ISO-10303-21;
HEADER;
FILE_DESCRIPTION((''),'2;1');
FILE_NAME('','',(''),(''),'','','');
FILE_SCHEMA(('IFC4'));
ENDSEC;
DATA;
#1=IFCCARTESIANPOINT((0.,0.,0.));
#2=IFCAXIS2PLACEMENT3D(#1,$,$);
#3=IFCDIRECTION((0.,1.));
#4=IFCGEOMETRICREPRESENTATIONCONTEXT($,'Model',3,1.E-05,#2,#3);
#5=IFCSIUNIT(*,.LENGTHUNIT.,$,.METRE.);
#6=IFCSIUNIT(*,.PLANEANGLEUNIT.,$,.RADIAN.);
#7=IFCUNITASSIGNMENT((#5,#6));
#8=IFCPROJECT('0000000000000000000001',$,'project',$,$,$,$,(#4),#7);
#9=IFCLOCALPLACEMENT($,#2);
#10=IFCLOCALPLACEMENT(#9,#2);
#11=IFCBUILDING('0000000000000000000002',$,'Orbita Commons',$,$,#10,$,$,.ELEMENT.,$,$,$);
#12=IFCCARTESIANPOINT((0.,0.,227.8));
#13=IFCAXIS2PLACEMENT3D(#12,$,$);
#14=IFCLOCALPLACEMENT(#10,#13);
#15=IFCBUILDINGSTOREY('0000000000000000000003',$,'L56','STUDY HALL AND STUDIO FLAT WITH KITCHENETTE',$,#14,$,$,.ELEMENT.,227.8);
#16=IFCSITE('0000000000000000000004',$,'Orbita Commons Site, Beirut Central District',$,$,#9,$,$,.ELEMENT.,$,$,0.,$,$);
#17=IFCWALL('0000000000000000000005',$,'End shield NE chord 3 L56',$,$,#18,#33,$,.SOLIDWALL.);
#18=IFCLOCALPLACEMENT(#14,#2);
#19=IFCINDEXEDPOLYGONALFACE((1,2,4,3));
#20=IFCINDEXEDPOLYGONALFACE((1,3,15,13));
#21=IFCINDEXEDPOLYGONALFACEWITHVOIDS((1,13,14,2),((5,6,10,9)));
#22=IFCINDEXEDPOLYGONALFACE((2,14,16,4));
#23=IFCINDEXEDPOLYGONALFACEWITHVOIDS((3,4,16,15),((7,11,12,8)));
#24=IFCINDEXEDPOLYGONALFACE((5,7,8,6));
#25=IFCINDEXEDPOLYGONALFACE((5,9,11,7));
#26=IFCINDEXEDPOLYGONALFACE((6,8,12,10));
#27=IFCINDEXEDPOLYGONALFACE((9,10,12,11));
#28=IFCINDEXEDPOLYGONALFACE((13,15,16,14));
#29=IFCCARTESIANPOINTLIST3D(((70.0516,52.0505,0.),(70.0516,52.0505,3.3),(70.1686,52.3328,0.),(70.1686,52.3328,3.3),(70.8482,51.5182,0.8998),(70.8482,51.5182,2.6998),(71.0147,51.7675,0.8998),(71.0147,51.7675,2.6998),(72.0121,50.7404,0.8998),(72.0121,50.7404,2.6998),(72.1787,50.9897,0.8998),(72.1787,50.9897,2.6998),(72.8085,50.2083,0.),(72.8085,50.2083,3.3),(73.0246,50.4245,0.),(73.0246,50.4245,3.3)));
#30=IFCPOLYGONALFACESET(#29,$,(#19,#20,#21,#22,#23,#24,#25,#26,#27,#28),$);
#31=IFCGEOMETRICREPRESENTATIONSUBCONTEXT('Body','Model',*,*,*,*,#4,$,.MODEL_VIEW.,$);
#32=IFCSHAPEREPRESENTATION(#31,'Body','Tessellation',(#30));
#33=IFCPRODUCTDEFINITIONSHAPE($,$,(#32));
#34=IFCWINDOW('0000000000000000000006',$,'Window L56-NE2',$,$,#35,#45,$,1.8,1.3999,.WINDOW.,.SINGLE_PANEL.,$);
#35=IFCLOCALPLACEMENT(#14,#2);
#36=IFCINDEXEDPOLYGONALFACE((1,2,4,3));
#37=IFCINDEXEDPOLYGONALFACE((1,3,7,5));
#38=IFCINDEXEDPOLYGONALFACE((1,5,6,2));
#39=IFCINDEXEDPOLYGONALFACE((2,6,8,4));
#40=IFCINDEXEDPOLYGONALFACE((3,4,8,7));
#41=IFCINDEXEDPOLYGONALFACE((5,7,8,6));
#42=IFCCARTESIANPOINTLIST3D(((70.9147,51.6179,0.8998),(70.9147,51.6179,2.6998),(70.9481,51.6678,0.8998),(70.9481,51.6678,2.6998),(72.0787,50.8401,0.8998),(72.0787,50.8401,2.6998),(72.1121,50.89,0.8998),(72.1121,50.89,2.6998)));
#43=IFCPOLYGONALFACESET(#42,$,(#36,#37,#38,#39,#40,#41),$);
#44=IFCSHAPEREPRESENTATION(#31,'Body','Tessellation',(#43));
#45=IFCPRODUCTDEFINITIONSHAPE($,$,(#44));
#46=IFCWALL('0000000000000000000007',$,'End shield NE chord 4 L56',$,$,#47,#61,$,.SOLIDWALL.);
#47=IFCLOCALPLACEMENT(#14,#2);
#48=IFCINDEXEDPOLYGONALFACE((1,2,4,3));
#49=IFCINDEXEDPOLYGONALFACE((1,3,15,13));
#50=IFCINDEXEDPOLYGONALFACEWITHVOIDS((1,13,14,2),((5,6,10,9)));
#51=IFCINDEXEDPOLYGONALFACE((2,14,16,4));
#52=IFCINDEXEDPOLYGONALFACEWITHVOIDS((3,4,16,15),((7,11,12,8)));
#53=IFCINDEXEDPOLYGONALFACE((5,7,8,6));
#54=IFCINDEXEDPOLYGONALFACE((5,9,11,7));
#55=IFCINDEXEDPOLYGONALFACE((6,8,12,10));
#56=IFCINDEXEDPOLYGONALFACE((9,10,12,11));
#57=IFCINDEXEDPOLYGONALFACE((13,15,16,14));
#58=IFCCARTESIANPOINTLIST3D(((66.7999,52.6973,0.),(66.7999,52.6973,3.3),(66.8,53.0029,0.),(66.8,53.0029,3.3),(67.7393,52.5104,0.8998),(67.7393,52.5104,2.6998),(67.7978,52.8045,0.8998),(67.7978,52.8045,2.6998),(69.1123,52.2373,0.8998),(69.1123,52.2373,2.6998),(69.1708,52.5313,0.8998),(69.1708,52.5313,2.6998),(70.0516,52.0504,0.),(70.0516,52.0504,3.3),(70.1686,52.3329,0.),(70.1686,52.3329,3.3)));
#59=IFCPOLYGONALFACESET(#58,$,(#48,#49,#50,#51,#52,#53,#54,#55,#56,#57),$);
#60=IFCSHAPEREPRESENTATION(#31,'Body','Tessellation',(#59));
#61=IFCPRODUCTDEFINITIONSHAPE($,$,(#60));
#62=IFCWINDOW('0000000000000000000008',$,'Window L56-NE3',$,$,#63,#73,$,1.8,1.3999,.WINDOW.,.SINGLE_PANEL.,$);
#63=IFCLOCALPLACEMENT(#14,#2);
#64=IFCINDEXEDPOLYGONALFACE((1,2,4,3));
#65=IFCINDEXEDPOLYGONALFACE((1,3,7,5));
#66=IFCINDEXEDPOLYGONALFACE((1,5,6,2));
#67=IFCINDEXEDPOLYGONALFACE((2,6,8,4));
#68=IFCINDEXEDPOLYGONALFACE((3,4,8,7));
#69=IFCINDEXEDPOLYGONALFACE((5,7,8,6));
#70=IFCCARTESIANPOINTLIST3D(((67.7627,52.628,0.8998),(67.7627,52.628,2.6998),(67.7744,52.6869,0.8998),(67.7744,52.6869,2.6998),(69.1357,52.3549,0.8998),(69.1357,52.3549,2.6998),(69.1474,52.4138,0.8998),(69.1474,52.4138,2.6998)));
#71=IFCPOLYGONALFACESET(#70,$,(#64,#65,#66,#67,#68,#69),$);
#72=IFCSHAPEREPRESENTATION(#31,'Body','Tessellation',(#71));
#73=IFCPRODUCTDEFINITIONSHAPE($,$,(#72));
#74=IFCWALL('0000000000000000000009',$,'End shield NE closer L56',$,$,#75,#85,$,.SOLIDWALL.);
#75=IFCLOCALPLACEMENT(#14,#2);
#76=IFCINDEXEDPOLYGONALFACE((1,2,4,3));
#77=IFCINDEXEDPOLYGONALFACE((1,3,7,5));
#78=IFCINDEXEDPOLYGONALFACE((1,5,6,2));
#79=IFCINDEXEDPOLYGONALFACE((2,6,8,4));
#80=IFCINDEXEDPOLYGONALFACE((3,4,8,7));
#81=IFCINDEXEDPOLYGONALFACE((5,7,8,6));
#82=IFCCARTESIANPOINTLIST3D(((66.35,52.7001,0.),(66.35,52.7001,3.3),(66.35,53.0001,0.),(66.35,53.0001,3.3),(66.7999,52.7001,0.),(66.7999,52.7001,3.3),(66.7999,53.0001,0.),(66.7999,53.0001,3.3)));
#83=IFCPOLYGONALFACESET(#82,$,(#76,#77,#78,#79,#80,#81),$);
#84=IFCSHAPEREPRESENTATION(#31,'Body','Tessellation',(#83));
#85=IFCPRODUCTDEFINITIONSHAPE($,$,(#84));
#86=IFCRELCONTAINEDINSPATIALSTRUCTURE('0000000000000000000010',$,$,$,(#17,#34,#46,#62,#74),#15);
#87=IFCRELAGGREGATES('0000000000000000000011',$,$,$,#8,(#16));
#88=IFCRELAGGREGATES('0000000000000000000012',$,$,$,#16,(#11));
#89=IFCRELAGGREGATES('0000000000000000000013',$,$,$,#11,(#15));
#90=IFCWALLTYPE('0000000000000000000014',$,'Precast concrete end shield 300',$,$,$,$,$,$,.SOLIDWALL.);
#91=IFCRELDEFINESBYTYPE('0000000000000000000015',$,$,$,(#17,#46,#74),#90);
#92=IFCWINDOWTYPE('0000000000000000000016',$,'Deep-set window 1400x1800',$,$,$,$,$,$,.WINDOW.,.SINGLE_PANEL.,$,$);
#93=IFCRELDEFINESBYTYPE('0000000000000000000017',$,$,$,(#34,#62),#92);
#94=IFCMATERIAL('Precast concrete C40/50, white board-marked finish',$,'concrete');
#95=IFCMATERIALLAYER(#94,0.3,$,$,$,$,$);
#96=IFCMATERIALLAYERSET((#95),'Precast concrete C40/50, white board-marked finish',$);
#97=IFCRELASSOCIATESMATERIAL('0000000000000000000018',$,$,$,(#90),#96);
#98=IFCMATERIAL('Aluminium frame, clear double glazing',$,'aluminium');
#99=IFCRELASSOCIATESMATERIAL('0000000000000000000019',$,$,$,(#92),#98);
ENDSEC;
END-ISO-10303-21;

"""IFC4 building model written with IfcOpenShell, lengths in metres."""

from ifc_helpers import new_model, si_unit, direction, frame, frame_2d, origin, place, context, subcontext, project, spatial, polyline, rectangle, outline, extrude, material, layer, layer_set, type_object, element, fill, save


model = new_model("IFC4")

# Units and contexts
model_context = context("Model", 3, precision=1e-05, world=origin(), true_north=direction((0.0, 1.0)))
body_context = subcontext(model_context, "Body", "Model", "MODEL_VIEW")
ifc_project = project(units=[si_unit("LENGTHUNIT", "METRE"), si_unit("PLANEANGLEUNIT", "RADIAN")], contexts=[model_context])

# Site, building, storey
site_placement = place(None, origin())
site = spatial("IfcSite", under=ifc_project, at=site_placement, Name="Orbita Commons Site, Beirut Central District", CompositionType="ELEMENT", RefElevation=0.0)
building_placement = place(site_placement, origin())
building = spatial("IfcBuilding", under=site, at=building_placement, Name="Orbita Commons", CompositionType="ELEMENT")
storey_placement = place(building_placement, frame((0.0, 0.0, 227.8)))
storey = spatial("IfcBuildingStorey", under=building, at=storey_placement, Name="L56", Description="STUDY HALL AND STUDIO FLAT WITH KITCHENETTE", CompositionType="ELEMENT", Elevation=227.8)

# Walls, openings, windows
ifc_material_1 = material(Name="Precast concrete C40/50, white board-marked finish", Category="concrete")
ifc_layer_1 = layer(ifc_material_1, 0.3)
ifc_layer_set_1 = layer_set([ifc_layer_1], Name="Precast concrete C40/50, white board-marked finish")
wall_type_1 = type_object("IfcWallType", Name="Precast concrete end shield 300", PredefinedType="SOLIDWALL", material=ifc_layer_set_1)
wall_1_placement = place(storey_placement, frame((72.9165, 50.3164, 0.0), z_axis=(0.0, 0.0, 1.0), x_axis=(-0.83146, 0.555585, 0.0)))
wall_1 = element("IfcWall", 1, at=wall_1_placement, inside=storey, type_object=wall_type_1, Name="End shield NE chord 3 L56", PredefinedType="SOLIDWALL", context=body_context, shape_type="SweptSolid", body=[
    extrude(outline(polyline([(-0.0298, -0.1499), (3.405, -0.1499), (3.3455, 0.1499), (0.0298, 0.1499), (-0.0298, -0.1499)])), origin(), (0.0, 0.0, 1.0), 3.3),
])
opening_1_placement = place(wall_1_placement, frame((0.9875, 0.0, 0.8999)))
opening_1 = element("IfcOpeningElement", 2, at=opening_1_placement, cuts=wall_1, PredefinedType="OPENING", context=body_context, shape_type="SweptSolid", body=[
    extrude(rectangle(XDim=1.3999, YDim=1.8, at=frame_2d((0.7, 0.8999))), frame((0.0, 0.1599, 0.0), z_axis=(0.0, -1.0, 0.0), x_axis=(1.0, 0.0, 0.0)), (0.0, 0.0, 1.0), 0.3201),
])
ifc_material_2 = material(Name="Aluminium frame, clear double glazing", Category="aluminium")
window_type = type_object("IfcWindowType", Name="Deep-set window 1400x1800", PartitioningType="SINGLE_PANEL", PredefinedType="WINDOW", material=ifc_material_2)
window_1_placement = place(opening_1_placement, origin())
window_1 = element("IfcWindow", 3, at=window_1_placement, inside=storey, type_object=window_type, Name="Window L56-NE2", OverallHeight=1.8, OverallWidth=1.3999, PartitioningType="SINGLE_PANEL", PredefinedType="WINDOW", context=body_context, shape_type="SweptSolid", body=[
    extrude(rectangle(XDim=1.3999, YDim=1.8, at=frame_2d((0.7, 0.8999))), frame((0.0, 0.03, 0.0), z_axis=(0.0, -1.0, 0.0), x_axis=(1.0, 0.0, 0.0)), (0.0, 0.0, 1.0), 0.0601),
])
fill(opening_1, window_1)
wall_2_placement = place(storey_placement, frame((70.1101, 52.1917, 0.0), z_axis=(0.0, 0.0, 1.0), x_axis=(-0.980783, 0.1951, 0.0)))
wall_2 = element("IfcWall", 4, at=wall_2_placement, inside=storey, type_object=wall_type_1, Name="End shield NE chord 4 L56", PredefinedType="SOLIDWALL", context=body_context, shape_type="SweptSolid", body=[
    extrude(outline(polyline([(-0.0298, -0.1499), (3.4048, -0.1499), (3.3452, 0.1499), (0.0298, 0.1499), (-0.0298, -0.1499)])), origin(), (0.0, 0.0, 1.0), 3.3),
])
opening_2_placement = place(wall_2_placement, frame((0.9875, 0.0, 0.8999)))
opening_2 = element("IfcOpeningElement", 5, at=opening_2_placement, cuts=wall_2, PredefinedType="OPENING", context=body_context, shape_type="SweptSolid", body=[
    extrude(rectangle(XDim=1.3999, YDim=1.8, at=frame_2d((0.7, 0.8999))), frame((0.0, 0.1599, 0.0), z_axis=(0.0, -1.0, 0.0), x_axis=(1.0, 0.0, 0.0)), (0.0, 0.0, 1.0), 0.3201),
])
window_2_placement = place(opening_2_placement, origin())
window_2 = element("IfcWindow", 6, at=window_2_placement, inside=storey, type_object=window_type, Name="Window L56-NE3", OverallHeight=1.8, OverallWidth=1.3999, PartitioningType="SINGLE_PANEL", PredefinedType="WINDOW", context=body_context, shape_type="SweptSolid", body=[
    extrude(rectangle(XDim=1.3999, YDim=1.8, at=frame_2d((0.7, 0.8999))), frame((0.0, 0.03, 0.0), z_axis=(0.0, -1.0, 0.0), x_axis=(1.0, 0.0, 0.0)), (0.0, 0.0, 1.0), 0.0601),
])
fill(opening_2, window_2)

# Wall
wall_3_placement = place(storey_placement, frame((66.8, 52.8501, 0.0), z_axis=(0.0, 0.0, 1.0), x_axis=(-1.0, 0.0, 0.0)))
element("IfcWall", 7, at=wall_3_placement, inside=storey, type_object=wall_type_1, Name="End shield NE closer L56", PredefinedType="SOLIDWALL", context=body_context, shape_type="SweptSolid", body=[
    extrude(rectangle(XDim=0.45, YDim=0.3, at=frame_2d((0.2251, 0.0))), origin(), (0.0, 0.0, 1.0), 3.3),
])

save(model, "model.ifc")
